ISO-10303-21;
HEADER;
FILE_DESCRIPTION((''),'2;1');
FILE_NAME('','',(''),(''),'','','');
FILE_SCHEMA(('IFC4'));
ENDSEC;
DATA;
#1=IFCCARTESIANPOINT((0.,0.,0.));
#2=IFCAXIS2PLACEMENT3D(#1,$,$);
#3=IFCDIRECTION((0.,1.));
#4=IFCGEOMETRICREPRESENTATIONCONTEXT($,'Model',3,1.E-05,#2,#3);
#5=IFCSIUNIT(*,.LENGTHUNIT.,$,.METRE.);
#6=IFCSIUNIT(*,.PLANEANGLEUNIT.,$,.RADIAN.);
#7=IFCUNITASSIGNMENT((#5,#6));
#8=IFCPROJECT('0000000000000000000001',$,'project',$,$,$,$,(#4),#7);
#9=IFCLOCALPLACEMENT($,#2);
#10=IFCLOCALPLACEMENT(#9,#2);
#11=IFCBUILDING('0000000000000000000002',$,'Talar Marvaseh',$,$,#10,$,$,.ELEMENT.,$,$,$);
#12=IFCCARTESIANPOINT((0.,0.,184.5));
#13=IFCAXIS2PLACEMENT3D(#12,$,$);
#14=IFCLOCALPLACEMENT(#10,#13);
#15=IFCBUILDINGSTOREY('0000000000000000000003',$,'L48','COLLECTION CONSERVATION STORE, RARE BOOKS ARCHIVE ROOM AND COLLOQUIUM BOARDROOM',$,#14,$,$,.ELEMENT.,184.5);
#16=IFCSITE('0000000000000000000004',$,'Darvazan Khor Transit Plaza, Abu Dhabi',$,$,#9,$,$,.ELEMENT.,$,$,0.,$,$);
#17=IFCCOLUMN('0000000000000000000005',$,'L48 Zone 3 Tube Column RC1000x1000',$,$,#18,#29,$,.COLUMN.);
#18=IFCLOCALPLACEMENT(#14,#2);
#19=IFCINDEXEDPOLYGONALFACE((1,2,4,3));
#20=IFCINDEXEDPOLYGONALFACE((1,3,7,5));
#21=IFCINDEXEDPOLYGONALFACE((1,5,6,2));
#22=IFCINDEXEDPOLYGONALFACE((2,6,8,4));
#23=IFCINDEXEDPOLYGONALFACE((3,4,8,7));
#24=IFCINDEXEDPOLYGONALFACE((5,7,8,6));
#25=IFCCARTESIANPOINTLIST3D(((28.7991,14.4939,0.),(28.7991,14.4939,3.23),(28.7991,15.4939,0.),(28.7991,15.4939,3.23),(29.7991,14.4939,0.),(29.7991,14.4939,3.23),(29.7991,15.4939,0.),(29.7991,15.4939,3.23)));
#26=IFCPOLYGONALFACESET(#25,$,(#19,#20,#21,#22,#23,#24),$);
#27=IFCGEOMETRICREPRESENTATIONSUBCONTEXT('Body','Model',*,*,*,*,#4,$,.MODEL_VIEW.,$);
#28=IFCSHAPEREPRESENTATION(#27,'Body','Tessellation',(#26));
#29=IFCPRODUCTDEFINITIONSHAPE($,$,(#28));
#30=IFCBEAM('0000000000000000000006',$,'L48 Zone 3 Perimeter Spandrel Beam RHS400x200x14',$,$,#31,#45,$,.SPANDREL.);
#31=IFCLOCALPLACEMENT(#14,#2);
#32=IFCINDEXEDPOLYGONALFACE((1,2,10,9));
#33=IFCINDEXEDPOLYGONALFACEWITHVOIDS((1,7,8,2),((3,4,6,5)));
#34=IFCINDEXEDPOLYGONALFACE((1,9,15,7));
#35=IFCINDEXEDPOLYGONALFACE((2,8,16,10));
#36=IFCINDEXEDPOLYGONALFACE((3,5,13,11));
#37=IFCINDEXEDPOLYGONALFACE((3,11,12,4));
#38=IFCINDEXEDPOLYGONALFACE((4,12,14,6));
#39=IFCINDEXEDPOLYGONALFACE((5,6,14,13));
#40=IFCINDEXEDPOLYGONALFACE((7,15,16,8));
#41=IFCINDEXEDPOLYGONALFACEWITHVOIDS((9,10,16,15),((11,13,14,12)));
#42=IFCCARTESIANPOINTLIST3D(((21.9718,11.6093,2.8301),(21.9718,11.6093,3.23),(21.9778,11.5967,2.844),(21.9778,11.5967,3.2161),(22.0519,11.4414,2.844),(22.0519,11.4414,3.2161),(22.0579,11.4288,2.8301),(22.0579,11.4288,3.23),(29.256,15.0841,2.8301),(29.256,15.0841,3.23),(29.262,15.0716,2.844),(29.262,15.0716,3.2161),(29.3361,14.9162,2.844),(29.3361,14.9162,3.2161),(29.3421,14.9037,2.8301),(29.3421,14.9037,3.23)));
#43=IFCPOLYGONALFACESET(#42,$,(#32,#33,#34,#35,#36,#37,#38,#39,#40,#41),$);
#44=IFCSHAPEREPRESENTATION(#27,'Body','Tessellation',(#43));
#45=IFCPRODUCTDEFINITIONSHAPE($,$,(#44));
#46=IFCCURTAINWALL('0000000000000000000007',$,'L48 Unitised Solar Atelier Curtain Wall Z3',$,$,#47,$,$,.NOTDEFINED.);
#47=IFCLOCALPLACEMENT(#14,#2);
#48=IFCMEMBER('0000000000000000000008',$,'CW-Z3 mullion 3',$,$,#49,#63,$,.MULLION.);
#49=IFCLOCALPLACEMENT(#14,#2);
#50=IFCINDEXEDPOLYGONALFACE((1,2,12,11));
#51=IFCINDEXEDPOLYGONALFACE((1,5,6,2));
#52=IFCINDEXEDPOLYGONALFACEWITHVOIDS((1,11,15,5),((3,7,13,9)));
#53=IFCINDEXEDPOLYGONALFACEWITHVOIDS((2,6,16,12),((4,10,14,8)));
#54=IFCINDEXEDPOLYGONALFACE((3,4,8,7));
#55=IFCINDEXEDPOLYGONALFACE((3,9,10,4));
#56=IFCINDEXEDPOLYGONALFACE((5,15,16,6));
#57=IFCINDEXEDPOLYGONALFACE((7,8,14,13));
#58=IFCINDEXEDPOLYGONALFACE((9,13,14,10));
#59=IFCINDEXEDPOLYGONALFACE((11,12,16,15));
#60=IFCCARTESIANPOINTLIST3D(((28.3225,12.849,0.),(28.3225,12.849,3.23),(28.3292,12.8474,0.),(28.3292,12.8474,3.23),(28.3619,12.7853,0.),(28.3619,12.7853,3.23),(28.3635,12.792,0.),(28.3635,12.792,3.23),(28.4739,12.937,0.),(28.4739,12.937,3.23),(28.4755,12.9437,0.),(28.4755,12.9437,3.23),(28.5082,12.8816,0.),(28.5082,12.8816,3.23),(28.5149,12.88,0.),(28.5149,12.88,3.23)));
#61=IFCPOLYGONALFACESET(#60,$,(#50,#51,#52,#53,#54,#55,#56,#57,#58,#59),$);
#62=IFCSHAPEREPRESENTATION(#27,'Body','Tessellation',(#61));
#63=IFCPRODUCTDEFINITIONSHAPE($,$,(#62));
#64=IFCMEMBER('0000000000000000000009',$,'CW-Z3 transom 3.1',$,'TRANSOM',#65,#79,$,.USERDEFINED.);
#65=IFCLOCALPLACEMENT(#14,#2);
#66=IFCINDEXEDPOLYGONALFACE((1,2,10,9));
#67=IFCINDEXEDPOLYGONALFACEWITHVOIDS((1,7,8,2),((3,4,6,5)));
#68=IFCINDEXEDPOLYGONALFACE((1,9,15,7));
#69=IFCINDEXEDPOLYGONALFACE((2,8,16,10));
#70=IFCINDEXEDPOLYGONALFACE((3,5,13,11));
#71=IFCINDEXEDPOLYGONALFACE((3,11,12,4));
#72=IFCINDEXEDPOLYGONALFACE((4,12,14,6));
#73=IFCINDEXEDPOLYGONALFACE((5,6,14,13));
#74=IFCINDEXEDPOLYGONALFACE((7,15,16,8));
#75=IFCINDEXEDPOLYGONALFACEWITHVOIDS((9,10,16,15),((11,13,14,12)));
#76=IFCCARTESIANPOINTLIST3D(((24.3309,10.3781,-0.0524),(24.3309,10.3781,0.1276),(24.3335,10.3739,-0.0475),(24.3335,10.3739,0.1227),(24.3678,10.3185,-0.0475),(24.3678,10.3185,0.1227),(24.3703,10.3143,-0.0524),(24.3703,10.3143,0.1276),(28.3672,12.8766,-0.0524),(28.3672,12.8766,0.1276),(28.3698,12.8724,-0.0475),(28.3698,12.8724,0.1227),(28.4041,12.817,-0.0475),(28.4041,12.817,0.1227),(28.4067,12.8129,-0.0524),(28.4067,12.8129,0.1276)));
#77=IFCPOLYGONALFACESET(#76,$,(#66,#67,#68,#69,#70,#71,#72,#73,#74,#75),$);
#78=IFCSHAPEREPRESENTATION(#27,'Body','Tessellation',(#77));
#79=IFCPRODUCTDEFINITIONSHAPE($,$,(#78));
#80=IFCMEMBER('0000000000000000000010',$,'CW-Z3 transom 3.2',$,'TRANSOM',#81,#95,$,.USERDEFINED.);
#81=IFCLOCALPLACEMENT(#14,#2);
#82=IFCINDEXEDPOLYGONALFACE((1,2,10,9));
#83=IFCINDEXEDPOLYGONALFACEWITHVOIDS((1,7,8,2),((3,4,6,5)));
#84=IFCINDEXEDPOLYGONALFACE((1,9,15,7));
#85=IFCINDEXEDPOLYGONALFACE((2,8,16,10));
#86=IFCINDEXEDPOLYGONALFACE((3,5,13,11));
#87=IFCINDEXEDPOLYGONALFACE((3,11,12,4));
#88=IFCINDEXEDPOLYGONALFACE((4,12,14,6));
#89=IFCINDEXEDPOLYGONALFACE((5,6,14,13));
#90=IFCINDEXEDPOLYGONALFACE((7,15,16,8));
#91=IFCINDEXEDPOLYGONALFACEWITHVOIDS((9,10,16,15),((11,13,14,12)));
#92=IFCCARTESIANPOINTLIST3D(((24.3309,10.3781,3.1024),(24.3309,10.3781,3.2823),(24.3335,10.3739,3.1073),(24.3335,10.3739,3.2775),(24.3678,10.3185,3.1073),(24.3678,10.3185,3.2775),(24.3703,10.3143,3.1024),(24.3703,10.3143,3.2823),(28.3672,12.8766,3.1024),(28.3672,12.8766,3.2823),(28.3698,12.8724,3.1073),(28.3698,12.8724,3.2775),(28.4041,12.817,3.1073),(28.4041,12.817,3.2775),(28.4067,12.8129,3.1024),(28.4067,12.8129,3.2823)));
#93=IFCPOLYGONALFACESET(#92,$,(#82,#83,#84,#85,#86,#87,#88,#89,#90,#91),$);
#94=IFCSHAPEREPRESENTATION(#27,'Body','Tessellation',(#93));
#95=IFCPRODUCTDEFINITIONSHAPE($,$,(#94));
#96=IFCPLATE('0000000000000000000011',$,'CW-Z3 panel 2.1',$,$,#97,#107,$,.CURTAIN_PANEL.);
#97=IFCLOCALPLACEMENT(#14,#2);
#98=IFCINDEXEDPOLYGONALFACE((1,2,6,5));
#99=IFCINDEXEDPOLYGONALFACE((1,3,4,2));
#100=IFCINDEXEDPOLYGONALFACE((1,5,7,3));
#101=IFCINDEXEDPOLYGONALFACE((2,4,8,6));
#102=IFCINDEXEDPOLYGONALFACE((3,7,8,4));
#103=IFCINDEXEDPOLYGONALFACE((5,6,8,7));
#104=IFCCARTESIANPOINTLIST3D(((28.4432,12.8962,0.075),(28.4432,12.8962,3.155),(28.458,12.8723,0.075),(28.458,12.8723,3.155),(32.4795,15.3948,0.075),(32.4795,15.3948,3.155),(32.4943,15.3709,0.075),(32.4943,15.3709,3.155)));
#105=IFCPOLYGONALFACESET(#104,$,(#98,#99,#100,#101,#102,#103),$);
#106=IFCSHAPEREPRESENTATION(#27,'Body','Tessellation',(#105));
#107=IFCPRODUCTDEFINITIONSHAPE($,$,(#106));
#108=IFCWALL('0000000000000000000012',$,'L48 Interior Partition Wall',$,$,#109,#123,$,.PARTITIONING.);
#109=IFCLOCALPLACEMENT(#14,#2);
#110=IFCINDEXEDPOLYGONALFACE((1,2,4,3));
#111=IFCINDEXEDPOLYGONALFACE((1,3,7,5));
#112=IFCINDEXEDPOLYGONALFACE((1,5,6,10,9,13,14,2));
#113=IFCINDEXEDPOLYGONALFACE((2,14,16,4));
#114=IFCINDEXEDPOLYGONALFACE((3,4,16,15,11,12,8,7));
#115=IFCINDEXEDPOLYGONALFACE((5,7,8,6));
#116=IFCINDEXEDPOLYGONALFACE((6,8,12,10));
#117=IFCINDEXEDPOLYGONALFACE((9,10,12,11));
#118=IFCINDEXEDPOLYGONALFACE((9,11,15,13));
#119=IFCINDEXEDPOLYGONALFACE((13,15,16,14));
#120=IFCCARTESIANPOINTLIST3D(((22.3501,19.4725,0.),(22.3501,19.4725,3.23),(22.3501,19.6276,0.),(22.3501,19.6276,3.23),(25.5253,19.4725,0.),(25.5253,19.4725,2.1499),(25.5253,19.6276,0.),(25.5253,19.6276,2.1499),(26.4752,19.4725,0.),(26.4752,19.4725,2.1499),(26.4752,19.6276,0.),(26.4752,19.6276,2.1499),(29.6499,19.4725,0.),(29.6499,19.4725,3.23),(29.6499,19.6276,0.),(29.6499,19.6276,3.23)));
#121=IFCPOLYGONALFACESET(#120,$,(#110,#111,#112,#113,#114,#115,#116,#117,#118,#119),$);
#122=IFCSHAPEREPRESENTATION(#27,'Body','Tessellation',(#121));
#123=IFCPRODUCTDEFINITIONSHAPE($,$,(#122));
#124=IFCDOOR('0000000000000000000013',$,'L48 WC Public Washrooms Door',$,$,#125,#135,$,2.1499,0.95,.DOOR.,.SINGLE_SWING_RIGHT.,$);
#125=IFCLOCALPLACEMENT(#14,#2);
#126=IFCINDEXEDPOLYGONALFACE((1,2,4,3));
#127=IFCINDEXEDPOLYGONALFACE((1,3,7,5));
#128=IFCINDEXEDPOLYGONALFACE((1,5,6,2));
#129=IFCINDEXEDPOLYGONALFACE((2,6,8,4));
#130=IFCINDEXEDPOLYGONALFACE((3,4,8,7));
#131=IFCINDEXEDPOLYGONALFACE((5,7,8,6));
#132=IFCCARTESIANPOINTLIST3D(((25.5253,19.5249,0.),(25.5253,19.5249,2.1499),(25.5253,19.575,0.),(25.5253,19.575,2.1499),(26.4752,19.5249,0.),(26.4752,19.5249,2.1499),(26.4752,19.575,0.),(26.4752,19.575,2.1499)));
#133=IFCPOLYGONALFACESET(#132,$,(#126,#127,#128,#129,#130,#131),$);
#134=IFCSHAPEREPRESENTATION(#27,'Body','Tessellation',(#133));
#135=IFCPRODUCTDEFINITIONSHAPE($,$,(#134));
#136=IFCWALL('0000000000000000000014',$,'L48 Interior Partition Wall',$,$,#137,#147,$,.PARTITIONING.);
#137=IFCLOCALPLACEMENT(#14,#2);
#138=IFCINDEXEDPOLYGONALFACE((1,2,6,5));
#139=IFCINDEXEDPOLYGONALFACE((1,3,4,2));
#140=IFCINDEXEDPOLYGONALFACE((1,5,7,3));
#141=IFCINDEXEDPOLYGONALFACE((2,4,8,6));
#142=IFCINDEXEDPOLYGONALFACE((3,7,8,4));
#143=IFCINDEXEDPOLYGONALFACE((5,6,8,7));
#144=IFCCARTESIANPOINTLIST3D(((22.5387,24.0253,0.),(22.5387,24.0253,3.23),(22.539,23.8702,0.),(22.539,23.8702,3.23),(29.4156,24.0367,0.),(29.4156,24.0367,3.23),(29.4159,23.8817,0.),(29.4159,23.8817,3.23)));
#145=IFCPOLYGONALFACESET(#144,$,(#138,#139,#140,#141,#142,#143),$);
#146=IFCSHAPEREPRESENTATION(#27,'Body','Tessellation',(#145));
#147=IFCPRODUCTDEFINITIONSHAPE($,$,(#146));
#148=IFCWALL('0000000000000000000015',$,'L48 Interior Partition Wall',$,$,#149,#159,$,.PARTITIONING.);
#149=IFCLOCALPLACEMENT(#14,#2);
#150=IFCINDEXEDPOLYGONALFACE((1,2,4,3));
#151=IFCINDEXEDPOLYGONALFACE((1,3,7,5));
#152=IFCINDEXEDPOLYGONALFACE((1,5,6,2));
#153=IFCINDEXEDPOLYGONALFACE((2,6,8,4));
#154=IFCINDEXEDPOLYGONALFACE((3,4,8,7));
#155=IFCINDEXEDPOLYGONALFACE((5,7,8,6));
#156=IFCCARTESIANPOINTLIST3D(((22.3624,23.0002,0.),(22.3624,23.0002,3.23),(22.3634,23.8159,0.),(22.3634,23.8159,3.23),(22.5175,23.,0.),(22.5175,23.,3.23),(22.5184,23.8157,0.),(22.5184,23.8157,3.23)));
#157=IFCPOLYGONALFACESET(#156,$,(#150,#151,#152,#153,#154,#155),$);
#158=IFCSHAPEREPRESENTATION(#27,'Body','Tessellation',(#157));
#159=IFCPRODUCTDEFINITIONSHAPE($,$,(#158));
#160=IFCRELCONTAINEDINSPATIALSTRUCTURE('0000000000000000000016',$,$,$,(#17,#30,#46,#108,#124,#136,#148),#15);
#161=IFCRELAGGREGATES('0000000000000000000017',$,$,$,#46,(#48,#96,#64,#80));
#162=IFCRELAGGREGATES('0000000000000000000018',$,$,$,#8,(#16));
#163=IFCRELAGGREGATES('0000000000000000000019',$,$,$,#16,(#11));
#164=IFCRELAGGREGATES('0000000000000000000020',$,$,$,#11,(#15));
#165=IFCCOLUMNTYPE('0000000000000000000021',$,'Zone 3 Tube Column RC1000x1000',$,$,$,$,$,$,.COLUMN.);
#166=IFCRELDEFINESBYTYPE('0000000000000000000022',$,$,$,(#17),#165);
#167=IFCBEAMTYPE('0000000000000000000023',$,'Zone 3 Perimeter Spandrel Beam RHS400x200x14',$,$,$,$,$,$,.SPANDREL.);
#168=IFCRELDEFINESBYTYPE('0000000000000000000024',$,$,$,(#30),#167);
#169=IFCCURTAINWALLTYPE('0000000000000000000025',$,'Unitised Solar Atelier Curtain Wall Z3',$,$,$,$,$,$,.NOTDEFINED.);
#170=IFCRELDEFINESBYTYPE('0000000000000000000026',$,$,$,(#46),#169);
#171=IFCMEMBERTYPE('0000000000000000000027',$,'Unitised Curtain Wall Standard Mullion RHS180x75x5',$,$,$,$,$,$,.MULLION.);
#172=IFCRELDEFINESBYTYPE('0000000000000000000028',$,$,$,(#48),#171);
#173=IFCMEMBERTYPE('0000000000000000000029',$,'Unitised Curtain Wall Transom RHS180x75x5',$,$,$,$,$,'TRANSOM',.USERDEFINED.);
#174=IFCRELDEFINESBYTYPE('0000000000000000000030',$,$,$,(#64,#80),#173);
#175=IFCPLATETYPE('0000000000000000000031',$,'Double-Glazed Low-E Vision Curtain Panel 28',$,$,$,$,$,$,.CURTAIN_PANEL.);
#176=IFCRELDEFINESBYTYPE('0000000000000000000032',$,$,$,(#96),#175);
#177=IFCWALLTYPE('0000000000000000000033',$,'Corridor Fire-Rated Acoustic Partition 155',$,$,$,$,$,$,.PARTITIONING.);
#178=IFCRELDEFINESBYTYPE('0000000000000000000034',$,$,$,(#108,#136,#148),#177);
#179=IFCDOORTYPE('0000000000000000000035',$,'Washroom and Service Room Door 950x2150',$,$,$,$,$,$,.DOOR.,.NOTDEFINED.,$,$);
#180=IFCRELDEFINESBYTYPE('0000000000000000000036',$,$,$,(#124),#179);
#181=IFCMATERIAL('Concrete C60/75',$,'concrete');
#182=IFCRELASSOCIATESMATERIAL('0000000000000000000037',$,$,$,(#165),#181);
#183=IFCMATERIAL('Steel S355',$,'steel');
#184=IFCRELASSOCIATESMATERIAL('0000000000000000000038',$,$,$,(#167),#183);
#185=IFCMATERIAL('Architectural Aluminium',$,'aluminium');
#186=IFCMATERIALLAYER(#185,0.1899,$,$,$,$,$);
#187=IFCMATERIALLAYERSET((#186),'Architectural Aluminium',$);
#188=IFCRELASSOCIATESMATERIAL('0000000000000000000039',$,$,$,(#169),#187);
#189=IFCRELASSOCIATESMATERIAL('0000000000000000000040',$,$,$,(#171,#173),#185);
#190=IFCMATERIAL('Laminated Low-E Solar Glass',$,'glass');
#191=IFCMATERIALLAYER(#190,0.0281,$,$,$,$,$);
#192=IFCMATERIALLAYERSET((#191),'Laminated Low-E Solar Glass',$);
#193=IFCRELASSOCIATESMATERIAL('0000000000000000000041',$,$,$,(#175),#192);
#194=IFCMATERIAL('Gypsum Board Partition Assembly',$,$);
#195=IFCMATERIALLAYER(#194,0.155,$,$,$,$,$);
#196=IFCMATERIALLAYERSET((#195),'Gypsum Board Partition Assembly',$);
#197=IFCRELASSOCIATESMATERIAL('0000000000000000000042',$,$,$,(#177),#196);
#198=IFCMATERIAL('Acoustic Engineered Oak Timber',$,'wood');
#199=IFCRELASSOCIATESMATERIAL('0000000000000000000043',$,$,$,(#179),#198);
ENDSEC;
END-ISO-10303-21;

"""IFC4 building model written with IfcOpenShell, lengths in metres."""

from ifc_helpers import new_model, si_unit, direction, frame, frame_2d, origin, origin_2d, place, context, subcontext, project, spatial, rectangle, hollow_rectangle, extrude, source, transform, mapped, material, layer, layer_set, material_profile, profile_set, type_object, type_shapes, element, fill, aggregate, save


model = new_model("IFC4")

# Units and contexts
model_context = context("Model", 3, precision=1e-05, world=origin(), true_north=direction((0.0, 1.0)))
body_context = subcontext(model_context, "Body", "Model", "MODEL_VIEW")
ifc_project = project(units=[si_unit("LENGTHUNIT", "METRE"), si_unit("PLANEANGLEUNIT", "RADIAN")], contexts=[model_context])

# Site, building, storey
site_placement = place(None, origin())
site = spatial("IfcSite", under=ifc_project, at=site_placement, Name="Darvazan Khor Transit Plaza, Abu Dhabi", CompositionType="ELEMENT", RefElevation=0.0)
building_placement = place(site_placement, origin())
building = spatial("IfcBuilding", under=site, at=building_placement, Name="Talar Marvaseh", CompositionType="ELEMENT")
storey_placement = place(building_placement, frame((0.0, 0.0, 184.5)))
storey = spatial("IfcBuildingStorey", under=building, at=storey_placement, Name="L48", Description="COLLECTION CONSERVATION STORE, RARE BOOKS ARCHIVE ROOM AND COLLOQUIUM BOARDROOM", CompositionType="ELEMENT", Elevation=184.5)

# Column
ifc_material_1 = material(Name="Concrete C60/75", Category="concrete")
ifc_material_profile_1 = material_profile(ifc_material_1, rectangle(XDim=1.0, YDim=1.0, at=origin_2d()), Name="RC1000x1000")
ifc_profile_set_1 = profile_set([ifc_material_profile_1], Name="Concrete C60/75")
column_type = type_object("IfcColumnType", Name="Zone 3 Tube Column RC1000x1000", PredefinedType="COLUMN", material=ifc_profile_set_1)
column_placement = place(storey_placement, frame((29.2991, 14.9939, 0.0), z_axis=(0.0, 0.0, 1.0), x_axis=(1.0, 0.0, 0.0)))
element("IfcColumn", 1, at=column_placement, inside=storey, type_object=column_type, Name="L48 Zone 3 Tube Column RC1000x1000", PredefinedType="COLUMN", context=body_context, shape_type="SweptSolid", body=[
    extrude(rectangle(XDim=1.0, YDim=1.0, at=origin_2d()), origin(), (0.0, 0.0, 1.0), 3.23),
])

# Beam
ifc_material_2 = material(Name="Steel S355", Category="steel")
ifc_material_profile_2 = material_profile(ifc_material_2, hollow_rectangle(XDim=0.2, YDim=0.3999, WallThickness=0.0139, at=origin_2d()), Name="RHS400x200x14")
ifc_profile_set_2 = profile_set([ifc_material_profile_2], Name="Steel S355")
beam_type = type_object("IfcBeamType", Name="Zone 3 Perimeter Spandrel Beam RHS400x200x14", PredefinedType="SPANDREL", material=ifc_profile_set_2)
beam_placement = place(storey_placement, frame((29.2991, 14.9939, 3.03), z_axis=(-0.902562, -0.430559, 0.0), x_axis=(0.430559, -0.902562, 0.0)))
element("IfcBeam", 2, at=beam_placement, inside=storey, type_object=beam_type, Name="L48 Zone 3 Perimeter Spandrel Beam RHS400x200x14", PredefinedType="SPANDREL", context=body_context, shape_type="SweptSolid", body=[
    extrude(hollow_rectangle(XDim=0.2, YDim=0.3999, WallThickness=0.0139, at=origin_2d()), origin(), (0.0, 0.0, 1.0), 8.0706),
])

# Curtain wall, members, plate
ifc_material_3 = material(Name="Architectural Aluminium", Category="aluminium")
ifc_layer_1 = layer(ifc_material_3, 0.1899)
ifc_layer_set_1 = layer_set([ifc_layer_1], Name="Architectural Aluminium")
curtain_wall_type = type_object("IfcCurtainWallType", Name="Unitised Solar Atelier Curtain Wall Z3", PredefinedType="NOTDEFINED", material=ifc_layer_set_1)
curtain_wall_placement = place(storey_placement, origin())
curtain_wall = element("IfcCurtainWall", 3, at=curtain_wall_placement, inside=storey, type_object=curtain_wall_type, Name="L48 Unitised Solar Atelier Curtain Wall Z3", PredefinedType="NOTDEFINED")
ifc_material_profile_3 = material_profile(ifc_material_3, hollow_rectangle(XDim=0.075, YDim=0.1799, WallThickness=0.0049, at=origin_2d()), Name="RHS180x75x5")
ifc_profile_set_3 = profile_set([ifc_material_profile_3], Name="Architectural Aluminium")
member_type_1 = type_object("IfcMemberType", Name="Unitised Curtain Wall Standard Mullion RHS180x75x5", PredefinedType="MULLION", material=ifc_profile_set_3)
shared_shape_1 = source(origin(), body_context, "Body", "SweptSolid", [
    extrude(hollow_rectangle(XDim=0.075, YDim=0.1799, WallThickness=0.0049, at=origin_2d()), origin(), (0.0, 0.0, 1.0), 3.23),
])
type_shapes(member_type_1, [shared_shape_1])
member_1_placement = place(storey_placement, frame((28.4187, 12.8645, 0.0), z_axis=(0.0, 0.0, 1.0), x_axis=(0.526349, -0.850268, 0.0)))
member_1 = element("IfcMember", 4, at=member_1_placement, type_object=member_type_1, Name="CW-Z3 mullion 3", PredefinedType="MULLION", context=body_context, shape_type="MappedRepresentation", body=[
    mapped(shared_shape_1, transform((0.0, 0.0, 0.0), x_axis=(1.0, 0.0, 0.0), y_axis=(0.0, 1.0, 0.0), z_axis=(0.0, 0.0, 1.0), scale=1.0)),
])
ifc_material_profile_4 = material_profile(ifc_material_3, hollow_rectangle(XDim=0.075, YDim=0.1799, WallThickness=0.0049, at=origin_2d()), Name="RHS180x75x5")
ifc_profile_set_4 = profile_set([ifc_material_profile_4], Name="Architectural Aluminium")
member_type_2 = type_object("IfcMemberType", Name="Unitised Curtain Wall Transom RHS180x75x5", ElementType="TRANSOM", PredefinedType="USERDEFINED", material=ifc_profile_set_4)
shared_shape_2 = source(origin(), body_context, "Body", "SweptSolid", [
    extrude(hollow_rectangle(XDim=0.075, YDim=0.1799, WallThickness=0.0049, at=origin_2d()), origin(), (0.0, 0.0, 1.0), 4.7471),
])
type_shapes(member_type_2, [shared_shape_2])
member_2_placement = place(storey_placement, frame((28.387, 12.8447, 0.0376), z_axis=(-0.850282, -0.526328, 0.0), x_axis=(0.526328, -0.850282, 0.0)))
member_2 = element("IfcMember", 5, at=member_2_placement, type_object=member_type_2, Name="CW-Z3 transom 3.1", ObjectType="TRANSOM", PredefinedType="USERDEFINED", context=body_context, shape_type="MappedRepresentation", body=[
    mapped(shared_shape_2, transform((0.0, 0.0, 0.0), x_axis=(1.0, 0.0, 0.0), y_axis=(0.0, 1.0, 0.0), z_axis=(0.0, 0.0, 1.0), scale=1.0)),
])
member_3_placement = place(storey_placement, frame((28.387, 12.8447, 3.1924), z_axis=(-0.850282, -0.526328, 0.0), x_axis=(0.526328, -0.850282, 0.0)))
member_3 = element("IfcMember", 6, at=member_3_placement, type_object=member_type_2, Name="CW-Z3 transom 3.2", ObjectType="TRANSOM", PredefinedType="USERDEFINED", context=body_context, shape_type="MappedRepresentation", body=[
    mapped(shared_shape_2, transform((0.0, 0.0, 0.0), x_axis=(1.0, 0.0, 0.0), y_axis=(0.0, 1.0, 0.0), z_axis=(0.0, 0.0, 1.0), scale=1.0)),
])
ifc_material_4 = material(Name="Laminated Low-E Solar Glass", Category="glass")
ifc_layer_2 = layer(ifc_material_4, 0.0281)
ifc_layer_set_2 = layer_set([ifc_layer_2], Name="Laminated Low-E Solar Glass")
plate_type = type_object("IfcPlateType", Name="Double-Glazed Low-E Vision Curtain Panel 28", PredefinedType="CURTAIN_PANEL", material=ifc_layer_set_2)
shared_shape_3 = source(origin(), body_context, "Body", "SweptSolid", [
    extrude(rectangle(XDim=4.7471, YDim=0.0281, at=origin_2d()), origin(), (0.0, 0.0, 1.0), 3.0801),
])
type_shapes(plate_type, [shared_shape_3])
plate_placement = place(storey_placement, frame((30.4688, 14.1335, 0.075), z_axis=(0.0, 0.0, 1.0), x_axis=(-0.850268, -0.526349, 0.0)))
plate = element("IfcPlate", 7, at=plate_placement, type_object=plate_type, Name="CW-Z3 panel 2.1", PredefinedType="CURTAIN_PANEL", context=body_context, shape_type="MappedRepresentation", body=[
    mapped(shared_shape_3, transform((0.0, 0.0, 0.0), x_axis=(1.0, 0.0, 0.0), y_axis=(0.0, 1.0, 0.0), z_axis=(0.0, 0.0, 1.0), scale=1.0)),
])
aggregate(curtain_wall, [member_1, plate, member_2, member_3])

# Wall, opening, door
ifc_material_5 = material(Name="Gypsum Board Partition Assembly")
ifc_layer_3 = layer(ifc_material_5, 0.155)
ifc_layer_set_3 = layer_set([ifc_layer_3], Name="Gypsum Board Partition Assembly")
wall_type = type_object("IfcWallType", Name="Corridor Fire-Rated Acoustic Partition 155", PredefinedType="PARTITIONING", material=ifc_layer_set_3)
wall_1_placement = place(storey_placement, frame((22.3501, 19.55, 0.0), z_axis=(0.0, 0.0, 1.0), x_axis=(1.0, 0.0, 0.0)))
wall_1 = element("IfcWall", 8, at=wall_1_placement, inside=storey, type_object=wall_type, Name="L48 Interior Partition Wall", PredefinedType="PARTITIONING", context=body_context, shape_type="SweptSolid", body=[
    extrude(rectangle(XDim=7.2998, YDim=0.155, at=frame_2d((3.6499, 0.0))), origin(), (0.0, 0.0, 1.0), 3.23),
])
opening_placement = place(wall_1_placement, frame((3.175, 0.0, 0.0)))
opening = element("IfcOpeningElement", 9, at=opening_placement, cuts=wall_1, PredefinedType="OPENING", context=body_context, shape_type="SweptSolid", body=[
    extrude(rectangle(XDim=0.95, YDim=2.1499, at=frame_2d((0.4751, 1.075))), frame((0.0, 0.0874, 0.0), z_axis=(0.0, -1.0, 0.0), x_axis=(1.0, 0.0, 0.0)), (0.0, 0.0, 1.0), 0.175),
])
ifc_material_6 = material(Name="Acoustic Engineered Oak Timber", Category="wood")
door_type = type_object("IfcDoorType", Name="Washroom and Service Room Door 950x2150", OperationType="NOTDEFINED", PredefinedType="DOOR", material=ifc_material_6)
shared_shape_4 = source(origin(), body_context, "Body", "SweptSolid", [
    extrude(rectangle(XDim=0.95, YDim=2.1499, at=frame_2d((0.4751, 1.075))), frame((0.0, 0.0249, 0.0), z_axis=(0.0, -1.0, 0.0), x_axis=(1.0, 0.0, 0.0)), (0.0, 0.0, 1.0), 0.05),
])
type_shapes(door_type, [shared_shape_4])
door_placement = place(opening_placement, origin())
door = element("IfcDoor", 10, at=door_placement, inside=storey, type_object=door_type, Name="L48 WC Public Washrooms Door", OperationType="SINGLE_SWING_RIGHT", OverallHeight=2.1499, OverallWidth=0.95, PredefinedType="DOOR", context=body_context, shape_type="MappedRepresentation", body=[
    mapped(shared_shape_4, transform((0.0, 0.0, 0.0), x_axis=(1.0, 0.0, 0.0), y_axis=(0.0, 1.0, 0.0), z_axis=(0.0, 0.0, 1.0), scale=1.0)),
])
fill(opening, door)

# Walls
wall_2_placement = place(storey_placement, frame((29.4158, 23.9592, 0.0), z_axis=(0.0, 0.0, 1.0), x_axis=(-0.999999, -0.001669, 0.0)))
element("IfcWall", 11, at=wall_2_placement, inside=storey, type_object=wall_type, Name="L48 Interior Partition Wall", PredefinedType="PARTITIONING", context=body_context, shape_type="SweptSolid", body=[
    extrude(rectangle(XDim=6.877, YDim=0.155, at=frame_2d((3.4385, 0.0))), origin(), (0.0, 0.0, 1.0), 3.23),
])
wall_3_placement = place(storey_placement, frame((22.4409, 23.8157, 0.0), z_axis=(0.0, 0.0, 1.0), x_axis=(-0.001197, -0.999999, 0.0)))
element("IfcWall", 12, at=wall_3_placement, inside=storey, type_object=wall_type, Name="L48 Interior Partition Wall", PredefinedType="PARTITIONING", context=body_context, shape_type="SweptSolid", body=[
    extrude(rectangle(XDim=0.8157, YDim=0.155, at=frame_2d((0.4077, 0.0))), origin(), (0.0, 0.0, 1.0), 3.23),
])

save(model, "model.ifc")
